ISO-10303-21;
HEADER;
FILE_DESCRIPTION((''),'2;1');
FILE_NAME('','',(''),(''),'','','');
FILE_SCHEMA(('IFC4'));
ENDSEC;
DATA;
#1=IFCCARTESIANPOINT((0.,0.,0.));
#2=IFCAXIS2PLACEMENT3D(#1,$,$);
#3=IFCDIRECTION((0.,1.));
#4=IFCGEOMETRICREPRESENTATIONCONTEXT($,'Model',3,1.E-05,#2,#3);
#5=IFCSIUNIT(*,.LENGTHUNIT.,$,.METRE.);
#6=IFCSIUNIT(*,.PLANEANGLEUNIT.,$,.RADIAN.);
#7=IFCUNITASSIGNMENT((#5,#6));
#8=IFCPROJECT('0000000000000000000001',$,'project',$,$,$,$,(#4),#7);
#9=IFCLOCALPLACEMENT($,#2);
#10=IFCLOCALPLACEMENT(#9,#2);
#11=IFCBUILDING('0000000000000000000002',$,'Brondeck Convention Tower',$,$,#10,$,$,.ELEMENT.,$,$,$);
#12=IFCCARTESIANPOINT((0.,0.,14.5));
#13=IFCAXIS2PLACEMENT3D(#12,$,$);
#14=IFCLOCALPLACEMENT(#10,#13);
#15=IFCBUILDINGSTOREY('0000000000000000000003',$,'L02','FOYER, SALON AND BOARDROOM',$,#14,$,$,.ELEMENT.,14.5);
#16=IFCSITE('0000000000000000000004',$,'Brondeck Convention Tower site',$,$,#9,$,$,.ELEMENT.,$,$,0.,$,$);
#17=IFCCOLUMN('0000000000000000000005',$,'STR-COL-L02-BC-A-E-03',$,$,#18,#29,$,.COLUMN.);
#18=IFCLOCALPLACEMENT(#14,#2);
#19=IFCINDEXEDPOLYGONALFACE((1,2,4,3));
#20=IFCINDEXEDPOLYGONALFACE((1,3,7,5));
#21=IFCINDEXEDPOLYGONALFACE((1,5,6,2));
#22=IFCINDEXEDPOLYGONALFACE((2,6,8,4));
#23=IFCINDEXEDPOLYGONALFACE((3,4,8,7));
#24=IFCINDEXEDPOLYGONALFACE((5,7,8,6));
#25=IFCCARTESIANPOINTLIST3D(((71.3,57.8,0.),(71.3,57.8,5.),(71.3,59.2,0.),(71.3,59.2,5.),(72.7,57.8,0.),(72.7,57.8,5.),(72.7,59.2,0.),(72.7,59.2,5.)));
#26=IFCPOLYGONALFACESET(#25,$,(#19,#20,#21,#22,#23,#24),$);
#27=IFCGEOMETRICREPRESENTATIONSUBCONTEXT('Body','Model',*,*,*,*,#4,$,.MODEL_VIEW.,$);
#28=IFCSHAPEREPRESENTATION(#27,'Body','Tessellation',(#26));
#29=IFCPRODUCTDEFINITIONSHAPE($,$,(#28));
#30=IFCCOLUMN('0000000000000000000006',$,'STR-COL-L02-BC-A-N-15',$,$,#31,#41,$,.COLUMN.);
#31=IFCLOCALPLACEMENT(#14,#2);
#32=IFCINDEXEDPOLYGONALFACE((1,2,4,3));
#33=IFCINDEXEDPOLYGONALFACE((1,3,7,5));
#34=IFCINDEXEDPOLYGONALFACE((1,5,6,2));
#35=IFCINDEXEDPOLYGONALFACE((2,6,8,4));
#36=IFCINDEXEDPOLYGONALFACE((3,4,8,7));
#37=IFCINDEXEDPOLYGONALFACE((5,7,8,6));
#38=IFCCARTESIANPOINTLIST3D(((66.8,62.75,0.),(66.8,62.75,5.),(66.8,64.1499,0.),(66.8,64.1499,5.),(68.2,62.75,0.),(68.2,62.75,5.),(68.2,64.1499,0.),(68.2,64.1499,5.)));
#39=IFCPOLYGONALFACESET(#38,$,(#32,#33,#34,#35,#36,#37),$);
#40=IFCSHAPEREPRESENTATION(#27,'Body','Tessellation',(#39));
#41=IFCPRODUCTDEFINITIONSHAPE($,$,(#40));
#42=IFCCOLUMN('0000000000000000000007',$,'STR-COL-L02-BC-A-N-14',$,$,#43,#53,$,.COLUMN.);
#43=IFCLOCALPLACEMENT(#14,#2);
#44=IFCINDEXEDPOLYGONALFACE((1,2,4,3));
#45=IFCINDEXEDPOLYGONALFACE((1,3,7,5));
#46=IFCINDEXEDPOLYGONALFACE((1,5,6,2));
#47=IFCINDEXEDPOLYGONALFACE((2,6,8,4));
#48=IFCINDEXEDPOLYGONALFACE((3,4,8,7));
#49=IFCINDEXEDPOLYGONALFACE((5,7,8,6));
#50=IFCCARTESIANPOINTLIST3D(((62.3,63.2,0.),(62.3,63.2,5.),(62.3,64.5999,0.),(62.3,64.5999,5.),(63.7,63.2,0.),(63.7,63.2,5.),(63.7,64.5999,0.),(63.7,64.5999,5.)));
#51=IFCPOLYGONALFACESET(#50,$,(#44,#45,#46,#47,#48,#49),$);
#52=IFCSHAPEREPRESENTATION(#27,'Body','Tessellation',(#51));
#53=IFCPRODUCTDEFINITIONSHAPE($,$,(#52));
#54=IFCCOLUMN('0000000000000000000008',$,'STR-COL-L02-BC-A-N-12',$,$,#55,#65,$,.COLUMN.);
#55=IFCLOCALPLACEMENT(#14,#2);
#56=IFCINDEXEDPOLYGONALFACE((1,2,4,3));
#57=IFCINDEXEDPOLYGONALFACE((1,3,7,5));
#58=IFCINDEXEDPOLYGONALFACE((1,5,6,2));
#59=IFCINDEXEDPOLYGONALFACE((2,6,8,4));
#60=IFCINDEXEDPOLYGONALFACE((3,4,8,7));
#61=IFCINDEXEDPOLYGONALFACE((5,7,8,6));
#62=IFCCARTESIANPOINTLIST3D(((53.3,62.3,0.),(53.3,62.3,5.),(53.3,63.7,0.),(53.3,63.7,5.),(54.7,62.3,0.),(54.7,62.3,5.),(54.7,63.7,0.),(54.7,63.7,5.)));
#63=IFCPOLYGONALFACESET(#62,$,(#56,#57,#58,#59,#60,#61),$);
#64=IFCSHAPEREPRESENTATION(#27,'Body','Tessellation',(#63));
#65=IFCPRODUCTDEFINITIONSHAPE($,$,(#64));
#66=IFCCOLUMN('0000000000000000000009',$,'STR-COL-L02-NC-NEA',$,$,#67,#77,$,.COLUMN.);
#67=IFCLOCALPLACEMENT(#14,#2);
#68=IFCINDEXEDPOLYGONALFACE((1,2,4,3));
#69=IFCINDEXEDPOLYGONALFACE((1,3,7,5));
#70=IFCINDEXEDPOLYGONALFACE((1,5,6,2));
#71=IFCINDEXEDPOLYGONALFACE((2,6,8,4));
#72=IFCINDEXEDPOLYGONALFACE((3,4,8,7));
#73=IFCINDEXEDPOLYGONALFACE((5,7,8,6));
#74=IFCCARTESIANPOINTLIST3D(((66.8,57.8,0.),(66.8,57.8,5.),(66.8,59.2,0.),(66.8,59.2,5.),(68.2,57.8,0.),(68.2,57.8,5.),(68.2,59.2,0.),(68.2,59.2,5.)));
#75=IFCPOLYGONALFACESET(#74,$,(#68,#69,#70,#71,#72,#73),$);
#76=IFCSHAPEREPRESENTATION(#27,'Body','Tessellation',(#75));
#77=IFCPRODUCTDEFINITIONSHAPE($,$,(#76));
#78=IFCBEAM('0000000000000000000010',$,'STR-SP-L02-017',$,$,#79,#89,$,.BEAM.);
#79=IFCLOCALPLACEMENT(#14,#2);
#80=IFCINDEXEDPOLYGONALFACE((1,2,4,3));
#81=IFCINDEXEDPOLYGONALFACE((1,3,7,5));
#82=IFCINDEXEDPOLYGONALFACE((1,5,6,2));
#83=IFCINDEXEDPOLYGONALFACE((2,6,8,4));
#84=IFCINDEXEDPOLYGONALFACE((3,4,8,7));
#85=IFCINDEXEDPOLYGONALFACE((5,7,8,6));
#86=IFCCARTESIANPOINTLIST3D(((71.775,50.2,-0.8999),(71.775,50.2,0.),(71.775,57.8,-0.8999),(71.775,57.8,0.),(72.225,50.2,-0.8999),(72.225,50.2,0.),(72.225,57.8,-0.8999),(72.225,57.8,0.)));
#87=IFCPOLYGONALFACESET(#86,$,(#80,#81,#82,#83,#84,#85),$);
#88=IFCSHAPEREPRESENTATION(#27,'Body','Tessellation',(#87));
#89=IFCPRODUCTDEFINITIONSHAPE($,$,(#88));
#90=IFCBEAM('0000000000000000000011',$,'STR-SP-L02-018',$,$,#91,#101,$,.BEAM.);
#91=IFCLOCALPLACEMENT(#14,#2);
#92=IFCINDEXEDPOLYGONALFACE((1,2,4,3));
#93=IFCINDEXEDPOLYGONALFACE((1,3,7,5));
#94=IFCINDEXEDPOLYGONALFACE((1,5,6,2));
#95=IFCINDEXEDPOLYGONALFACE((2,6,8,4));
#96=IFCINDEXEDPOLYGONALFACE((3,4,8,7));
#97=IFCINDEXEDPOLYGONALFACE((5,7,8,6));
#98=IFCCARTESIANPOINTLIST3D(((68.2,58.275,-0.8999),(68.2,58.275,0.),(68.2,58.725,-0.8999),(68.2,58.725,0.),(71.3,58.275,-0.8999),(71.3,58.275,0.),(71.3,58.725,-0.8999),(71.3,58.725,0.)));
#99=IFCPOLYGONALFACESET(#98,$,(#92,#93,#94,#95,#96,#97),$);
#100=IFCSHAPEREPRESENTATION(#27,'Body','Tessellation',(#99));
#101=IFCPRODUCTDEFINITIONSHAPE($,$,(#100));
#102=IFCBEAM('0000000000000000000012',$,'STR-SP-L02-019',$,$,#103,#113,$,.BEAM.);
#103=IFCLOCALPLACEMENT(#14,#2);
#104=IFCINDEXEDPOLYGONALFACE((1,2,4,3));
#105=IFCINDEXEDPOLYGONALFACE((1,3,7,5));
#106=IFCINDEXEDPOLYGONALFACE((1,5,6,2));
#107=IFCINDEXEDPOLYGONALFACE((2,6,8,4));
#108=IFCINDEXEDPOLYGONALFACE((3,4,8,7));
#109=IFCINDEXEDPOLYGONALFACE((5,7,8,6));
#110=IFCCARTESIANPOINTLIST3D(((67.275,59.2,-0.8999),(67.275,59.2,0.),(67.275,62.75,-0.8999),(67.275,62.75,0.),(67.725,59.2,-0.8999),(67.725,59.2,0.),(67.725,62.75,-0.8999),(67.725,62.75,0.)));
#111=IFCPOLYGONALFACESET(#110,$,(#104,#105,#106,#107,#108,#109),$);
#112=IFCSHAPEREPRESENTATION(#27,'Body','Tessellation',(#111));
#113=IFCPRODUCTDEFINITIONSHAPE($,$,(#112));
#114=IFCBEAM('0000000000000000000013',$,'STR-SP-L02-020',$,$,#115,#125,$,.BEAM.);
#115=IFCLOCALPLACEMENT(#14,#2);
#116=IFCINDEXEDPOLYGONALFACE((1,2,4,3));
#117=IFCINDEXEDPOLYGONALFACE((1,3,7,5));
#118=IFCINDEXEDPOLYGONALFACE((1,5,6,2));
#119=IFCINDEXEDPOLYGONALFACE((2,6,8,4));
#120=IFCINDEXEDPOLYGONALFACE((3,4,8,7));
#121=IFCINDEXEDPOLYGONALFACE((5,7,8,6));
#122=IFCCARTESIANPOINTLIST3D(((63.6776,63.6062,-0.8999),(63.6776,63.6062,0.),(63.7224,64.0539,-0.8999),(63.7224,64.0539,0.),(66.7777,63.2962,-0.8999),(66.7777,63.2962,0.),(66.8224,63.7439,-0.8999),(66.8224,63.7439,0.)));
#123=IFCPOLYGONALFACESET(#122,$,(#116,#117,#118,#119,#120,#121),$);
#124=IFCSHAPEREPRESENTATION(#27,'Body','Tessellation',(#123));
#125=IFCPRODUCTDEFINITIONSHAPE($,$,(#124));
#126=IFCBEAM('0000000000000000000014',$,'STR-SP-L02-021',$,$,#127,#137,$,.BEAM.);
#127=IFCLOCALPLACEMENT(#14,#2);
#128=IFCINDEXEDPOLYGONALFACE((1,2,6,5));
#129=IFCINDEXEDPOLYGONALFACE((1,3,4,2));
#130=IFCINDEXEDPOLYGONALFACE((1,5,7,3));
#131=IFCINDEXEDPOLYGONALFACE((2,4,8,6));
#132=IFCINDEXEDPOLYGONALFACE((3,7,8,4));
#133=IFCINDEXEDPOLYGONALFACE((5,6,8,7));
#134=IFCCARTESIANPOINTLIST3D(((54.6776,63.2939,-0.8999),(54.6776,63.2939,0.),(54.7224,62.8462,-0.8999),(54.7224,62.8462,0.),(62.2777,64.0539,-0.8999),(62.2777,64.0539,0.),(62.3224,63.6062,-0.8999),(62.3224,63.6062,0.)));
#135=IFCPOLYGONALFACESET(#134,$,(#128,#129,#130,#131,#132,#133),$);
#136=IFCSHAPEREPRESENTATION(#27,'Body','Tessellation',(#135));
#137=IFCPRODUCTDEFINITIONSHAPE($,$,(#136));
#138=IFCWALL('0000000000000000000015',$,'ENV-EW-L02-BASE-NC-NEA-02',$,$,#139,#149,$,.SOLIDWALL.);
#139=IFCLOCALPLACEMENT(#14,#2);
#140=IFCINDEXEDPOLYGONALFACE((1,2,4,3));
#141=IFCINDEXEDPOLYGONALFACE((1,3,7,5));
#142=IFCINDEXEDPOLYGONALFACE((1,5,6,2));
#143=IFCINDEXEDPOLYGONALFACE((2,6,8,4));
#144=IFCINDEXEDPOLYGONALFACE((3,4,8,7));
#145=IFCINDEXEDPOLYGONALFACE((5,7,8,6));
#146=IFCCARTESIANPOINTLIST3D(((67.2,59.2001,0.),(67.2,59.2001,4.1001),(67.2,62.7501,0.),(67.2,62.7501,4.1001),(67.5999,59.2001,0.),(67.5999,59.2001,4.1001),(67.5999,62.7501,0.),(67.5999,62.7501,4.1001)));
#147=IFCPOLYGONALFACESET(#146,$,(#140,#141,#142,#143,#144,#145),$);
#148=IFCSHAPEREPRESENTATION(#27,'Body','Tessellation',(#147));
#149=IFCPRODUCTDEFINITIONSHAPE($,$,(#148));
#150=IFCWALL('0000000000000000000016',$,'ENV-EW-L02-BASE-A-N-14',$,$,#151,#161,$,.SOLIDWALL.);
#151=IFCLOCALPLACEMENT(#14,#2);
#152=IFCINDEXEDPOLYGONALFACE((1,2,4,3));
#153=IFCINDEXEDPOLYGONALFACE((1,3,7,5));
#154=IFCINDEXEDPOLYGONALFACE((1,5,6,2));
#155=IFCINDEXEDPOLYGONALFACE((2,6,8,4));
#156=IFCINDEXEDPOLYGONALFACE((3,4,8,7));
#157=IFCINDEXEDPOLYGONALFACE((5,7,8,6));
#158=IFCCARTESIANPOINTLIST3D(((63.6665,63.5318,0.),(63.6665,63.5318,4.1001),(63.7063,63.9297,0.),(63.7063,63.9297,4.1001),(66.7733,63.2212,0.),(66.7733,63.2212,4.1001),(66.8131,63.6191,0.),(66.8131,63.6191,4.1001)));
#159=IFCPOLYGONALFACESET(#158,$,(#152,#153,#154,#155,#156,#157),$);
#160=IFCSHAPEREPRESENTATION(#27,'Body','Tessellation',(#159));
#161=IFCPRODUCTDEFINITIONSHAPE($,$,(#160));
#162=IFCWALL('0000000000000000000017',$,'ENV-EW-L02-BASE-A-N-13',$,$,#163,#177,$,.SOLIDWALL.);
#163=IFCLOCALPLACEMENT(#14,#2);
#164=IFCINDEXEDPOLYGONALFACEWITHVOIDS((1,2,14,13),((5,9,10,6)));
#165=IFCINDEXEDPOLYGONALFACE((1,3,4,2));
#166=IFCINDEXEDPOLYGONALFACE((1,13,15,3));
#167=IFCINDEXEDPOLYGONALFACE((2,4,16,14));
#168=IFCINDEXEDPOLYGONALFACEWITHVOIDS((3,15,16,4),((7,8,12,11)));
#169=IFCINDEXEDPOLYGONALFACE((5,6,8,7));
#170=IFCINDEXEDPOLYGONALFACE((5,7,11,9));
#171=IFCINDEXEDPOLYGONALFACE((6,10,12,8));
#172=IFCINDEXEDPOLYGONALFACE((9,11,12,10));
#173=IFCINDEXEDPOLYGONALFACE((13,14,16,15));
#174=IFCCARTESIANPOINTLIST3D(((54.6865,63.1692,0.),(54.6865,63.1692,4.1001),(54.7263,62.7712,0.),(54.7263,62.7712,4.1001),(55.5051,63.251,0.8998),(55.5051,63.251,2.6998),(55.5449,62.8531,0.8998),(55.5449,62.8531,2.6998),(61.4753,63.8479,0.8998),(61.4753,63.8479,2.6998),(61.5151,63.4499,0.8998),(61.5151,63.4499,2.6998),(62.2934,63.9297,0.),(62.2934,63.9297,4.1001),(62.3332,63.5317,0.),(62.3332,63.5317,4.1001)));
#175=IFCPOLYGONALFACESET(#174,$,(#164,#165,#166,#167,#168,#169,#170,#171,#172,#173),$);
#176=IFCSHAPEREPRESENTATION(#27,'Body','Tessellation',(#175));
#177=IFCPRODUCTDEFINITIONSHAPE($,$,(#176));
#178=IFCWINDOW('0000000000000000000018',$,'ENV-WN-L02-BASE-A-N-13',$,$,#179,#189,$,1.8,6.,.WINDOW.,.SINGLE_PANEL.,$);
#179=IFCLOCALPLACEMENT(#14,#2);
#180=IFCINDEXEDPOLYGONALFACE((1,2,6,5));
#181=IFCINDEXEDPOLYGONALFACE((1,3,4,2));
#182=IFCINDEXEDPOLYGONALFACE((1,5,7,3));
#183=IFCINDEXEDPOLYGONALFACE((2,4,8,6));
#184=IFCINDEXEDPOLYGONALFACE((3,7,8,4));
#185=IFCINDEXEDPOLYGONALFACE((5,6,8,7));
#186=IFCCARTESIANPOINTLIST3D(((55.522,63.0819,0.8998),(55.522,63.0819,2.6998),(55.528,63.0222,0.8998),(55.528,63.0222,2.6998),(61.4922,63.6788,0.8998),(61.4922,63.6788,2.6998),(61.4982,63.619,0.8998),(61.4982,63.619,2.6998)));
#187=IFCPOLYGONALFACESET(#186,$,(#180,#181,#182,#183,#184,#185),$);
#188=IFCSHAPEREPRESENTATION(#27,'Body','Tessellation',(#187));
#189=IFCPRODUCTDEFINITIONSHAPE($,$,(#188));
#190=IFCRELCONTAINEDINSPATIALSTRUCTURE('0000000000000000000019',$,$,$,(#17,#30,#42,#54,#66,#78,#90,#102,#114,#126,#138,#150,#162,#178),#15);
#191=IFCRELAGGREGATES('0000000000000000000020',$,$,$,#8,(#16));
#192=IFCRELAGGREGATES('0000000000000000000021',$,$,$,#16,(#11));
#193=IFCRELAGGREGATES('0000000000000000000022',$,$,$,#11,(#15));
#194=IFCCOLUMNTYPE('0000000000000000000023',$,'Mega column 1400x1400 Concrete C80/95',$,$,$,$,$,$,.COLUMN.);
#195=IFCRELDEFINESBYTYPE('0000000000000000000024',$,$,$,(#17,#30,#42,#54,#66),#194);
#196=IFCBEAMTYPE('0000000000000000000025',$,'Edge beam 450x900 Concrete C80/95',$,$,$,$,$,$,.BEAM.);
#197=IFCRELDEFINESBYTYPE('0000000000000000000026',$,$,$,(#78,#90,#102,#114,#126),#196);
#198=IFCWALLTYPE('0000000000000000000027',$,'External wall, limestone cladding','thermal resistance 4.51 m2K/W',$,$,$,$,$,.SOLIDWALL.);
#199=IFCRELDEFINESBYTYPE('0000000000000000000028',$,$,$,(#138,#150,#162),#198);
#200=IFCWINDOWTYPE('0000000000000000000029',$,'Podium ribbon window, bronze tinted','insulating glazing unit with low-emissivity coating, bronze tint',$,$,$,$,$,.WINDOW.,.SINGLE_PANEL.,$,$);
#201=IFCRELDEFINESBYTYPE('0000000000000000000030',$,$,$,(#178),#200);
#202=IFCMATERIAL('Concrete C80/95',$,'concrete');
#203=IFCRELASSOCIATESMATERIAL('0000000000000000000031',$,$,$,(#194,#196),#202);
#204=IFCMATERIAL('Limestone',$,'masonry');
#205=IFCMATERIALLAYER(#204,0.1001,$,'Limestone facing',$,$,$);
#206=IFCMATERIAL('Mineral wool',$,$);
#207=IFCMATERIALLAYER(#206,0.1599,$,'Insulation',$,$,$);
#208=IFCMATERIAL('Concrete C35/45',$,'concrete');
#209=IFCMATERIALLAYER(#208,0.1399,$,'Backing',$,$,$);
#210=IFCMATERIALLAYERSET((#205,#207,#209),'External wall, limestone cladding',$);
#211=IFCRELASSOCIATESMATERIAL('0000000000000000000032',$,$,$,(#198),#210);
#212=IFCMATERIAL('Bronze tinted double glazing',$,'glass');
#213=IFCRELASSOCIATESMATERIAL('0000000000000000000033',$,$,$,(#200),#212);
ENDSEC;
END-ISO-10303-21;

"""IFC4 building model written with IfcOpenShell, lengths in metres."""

from ifc_helpers import new_model, si_unit, direction, frame, frame_2d, origin, origin_2d, place, context, subcontext, project, spatial, rectangle, extrude, material, layer, layer_set, material_profile, profile_set, type_object, element, fill, save


model = new_model("IFC4")

# Units and contexts
model_context = context("Model", 3, precision=1e-05, world=origin(), true_north=direction((0.0, 1.0)))
body_context = subcontext(model_context, "Body", "Model", "MODEL_VIEW")
ifc_project = project(units=[si_unit("LENGTHUNIT", "METRE"), si_unit("PLANEANGLEUNIT", "RADIAN")], contexts=[model_context])

# Site, building, storey
site_placement = place(None, origin())
site = spatial("IfcSite", under=ifc_project, at=site_placement, Name="Brondeck Convention Tower site", CompositionType="ELEMENT", RefElevation=0.0)
building_placement = place(site_placement, origin())
building = spatial("IfcBuilding", under=site, at=building_placement, Name="Brondeck Convention Tower", CompositionType="ELEMENT")
storey_placement = place(building_placement, frame((0.0, 0.0, 14.5)))
storey = spatial("IfcBuildingStorey", under=building, at=storey_placement, Name="L02", Description="FOYER, SALON AND BOARDROOM", CompositionType="ELEMENT", Elevation=14.5)

# Columns
ifc_material_1 = material(Name="Concrete C80/95", Category="concrete")
ifc_material_profile_1 = material_profile(ifc_material_1, rectangle(XDim=1.3999, YDim=1.3999, at=origin_2d()), Name="Mega column 1400x1400 Concrete C80/95")
ifc_profile_set_1 = profile_set([ifc_material_profile_1], Name="Concrete C80/95")
column_type = type_object("IfcColumnType", Name="Mega column 1400x1400 Concrete C80/95", PredefinedType="COLUMN", material=ifc_profile_set_1)
for number, where, z_axis, x_axis, name in (
    (1, (72.0, 58.5, 0.0), (0.0, 0.0, 1.0), (1.0, 0.0, 0.0), "STR-COL-L02-BC-A-E-03"),
    (2, (67.5, 63.45, 0.0), (0.0, 0.0, 1.0), (1.0, 0.0, 0.0), "STR-COL-L02-BC-A-N-15"),
    (3, (63.0, 63.8999, 0.0), (0.0, 0.0, 1.0), (1.0, 0.0, 0.0), "STR-COL-L02-BC-A-N-14"),
    (4, (54.0, 63.0, 0.0), (0.0, 0.0, 1.0), (1.0, 0.0, 0.0), "STR-COL-L02-BC-A-N-12"),
    (5, (67.5, 58.5, 0.0), (0.0, 0.0, 1.0), (1.0, 0.0, 0.0), "STR-COL-L02-NC-NEA"),
):
    element("IfcColumn", number, at=place(storey_placement, frame(where, z_axis=z_axis, x_axis=x_axis)), inside=storey, type_object=column_type, Name=name, PredefinedType="COLUMN", context=body_context, shape_type="SweptSolid", body=[
        extrude(rectangle(XDim=1.3999, YDim=1.3999, at=origin_2d()), origin(), (0.0, 0.0, 1.0), 5.0),
    ])

# Beams
ifc_material_profile_2 = material_profile(ifc_material_1, rectangle(XDim=0.45, YDim=0.8999, at=origin_2d()), Name="Edge beam 450x900 Concrete C80/95")
ifc_profile_set_2 = profile_set([ifc_material_profile_2], Name="Concrete C80/95")
beam_type = type_object("IfcBeamType", Name="Edge beam 450x900 Concrete C80/95", PredefinedType="BEAM", material=ifc_profile_set_2)
beam_1_placement = place(storey_placement, frame((72.0, 50.2, -0.45), z_axis=(0.0, 1.0, 0.0), x_axis=(-1.0, 0.0, 0.0)))
element("IfcBeam", 6, at=beam_1_placement, inside=storey, type_object=beam_type, Name="STR-SP-L02-017", PredefinedType="BEAM", context=body_context, shape_type="SweptSolid", body=[
    extrude(rectangle(XDim=0.45, YDim=0.8999, at=origin_2d()), origin(), (0.0, 0.0, 1.0), 7.6001),
])
beam_2_placement = place(storey_placement, frame((71.3, 58.5, -0.45), z_axis=(-1.0, 0.0, 0.0), x_axis=(0.0, -1.0, 0.0)))
element("IfcBeam", 7, at=beam_2_placement, inside=storey, type_object=beam_type, Name="STR-SP-L02-018", PredefinedType="BEAM", context=body_context, shape_type="SweptSolid", body=[
    extrude(rectangle(XDim=0.45, YDim=0.8999, at=origin_2d()), origin(), (0.0, 0.0, 1.0), 3.1001),
])
beam_3_placement = place(storey_placement, frame((67.5, 59.2, -0.45), z_axis=(0.0, 1.0, 0.0), x_axis=(-1.0, 0.0, 0.0)))
element("IfcBeam", 8, at=beam_3_placement, inside=storey, type_object=beam_type, Name="STR-SP-L02-019", PredefinedType="BEAM", context=body_context, shape_type="SweptSolid", body=[
    extrude(rectangle(XDim=0.45, YDim=0.8999, at=origin_2d()), origin(), (0.0, 0.0, 1.0), 3.55),
])
beam_4_placement = place(storey_placement, frame((66.8, 63.52, -0.45), z_axis=(-0.995036, 0.099519, 0.0), x_axis=(-0.099519, -0.995036, 0.0)))
element("IfcBeam", 9, at=beam_4_placement, inside=storey, type_object=beam_type, Name="STR-SP-L02-020", PredefinedType="BEAM", context=body_context, shape_type="SweptSolid", body=[
    extrude(rectangle(XDim=0.45, YDim=0.8999, at=origin_2d()), origin(), (0.0, 0.0, 1.0), 3.1155),
])
beam_5_placement = place(storey_placement, frame((62.3, 63.8301, -0.45), z_axis=(-0.995037, -0.099504, 0.0), x_axis=(0.099504, -0.995037, 0.0)))
element("IfcBeam", 10, at=beam_5_placement, inside=storey, type_object=beam_type, Name="STR-SP-L02-021", PredefinedType="BEAM", context=body_context, shape_type="SweptSolid", body=[
    extrude(rectangle(XDim=0.45, YDim=0.8999, at=origin_2d()), origin(), (0.0, 0.0, 1.0), 7.6379),
])

# Walls
ifc_material_2 = material(Name="Limestone", Category="masonry")
ifc_layer_1 = layer(ifc_material_2, 0.1001, Name="Limestone facing")
ifc_material_3 = material(Name="Mineral wool")
ifc_layer_2 = layer(ifc_material_3, 0.1599, Name="Insulation")
ifc_material_4 = material(Name="Concrete C35/45", Category="concrete")
ifc_layer_3 = layer(ifc_material_4, 0.1399, Name="Backing")
ifc_layer_set_1 = layer_set([ifc_layer_1, ifc_layer_2, ifc_layer_3], Name="External wall, limestone cladding")
wall_type_1 = type_object("IfcWallType", Name="External wall, limestone cladding", Description="thermal resistance 4.51 m2K/W", PredefinedType="SOLIDWALL", material=ifc_layer_set_1)
wall_1_placement = place(storey_placement, frame((67.3999, 62.75, 0.0), z_axis=(0.0, 0.0, 1.0), x_axis=(0.0, -1.0, 0.0)))
element("IfcWall", 11, at=wall_1_placement, inside=storey, type_object=wall_type_1, Name="ENV-EW-L02-BASE-NC-NEA-02", PredefinedType="SOLIDWALL", context=body_context, shape_type="SweptSolid", body=[
    extrude(rectangle(XDim=3.55, YDim=0.3999, at=frame_2d((1.7749, 0.0))), origin(), (0.0, 0.0, 1.0), 4.1001),
])
wall_2_placement = place(storey_placement, frame((63.6865, 63.7307, 0.0), z_axis=(0.0, 0.0, 1.0), x_axis=(0.995042, -0.099457, 0.0)))
element("IfcWall", 12, at=wall_2_placement, inside=storey, type_object=wall_type_1, Name="ENV-EW-L02-BASE-A-N-14", PredefinedType="SOLIDWALL", context=body_context, shape_type="SweptSolid", body=[
    extrude(rectangle(XDim=3.1223, YDim=0.3999, at=frame_2d((1.561, 0.0))), origin(), (0.0, 0.0, 1.0), 4.1001),
])

# Wall, opening, window
wall_3_placement = place(storey_placement, frame((54.7065, 62.9702, 0.0), z_axis=(0.0, 0.0, 1.0), x_axis=(0.99504, 0.099478, 0.0)))
wall_3 = element("IfcWall", 13, at=wall_3_placement, inside=storey, type_object=wall_type_1, Name="ENV-EW-L02-BASE-A-N-13", PredefinedType="SOLIDWALL", context=body_context, shape_type="SweptSolid", body=[
    extrude(rectangle(XDim=7.6448, YDim=0.3999, at=frame_2d((3.8223, 0.0))), origin(), (0.0, 0.0, 1.0), 4.1001),
])
opening_1_placement = place(wall_3_placement, frame((0.8225, 0.0, 0.8999)))
opening_1 = element("IfcOpeningElement", 14, at=opening_1_placement, cuts=wall_3, PredefinedType="OPENING", context=body_context, shape_type="SweptSolid", body=[
    extrude(rectangle(XDim=6.0, YDim=1.8, at=frame_2d((3.0, 0.8999))), frame((0.0, 0.21, 0.0), z_axis=(0.0, -1.0, 0.0), x_axis=(1.0, 0.0, 0.0)), (0.0, 0.0, 1.0), 0.4199),
])
ifc_material_5 = material(Name="Bronze tinted double glazing", Category="glass")
window_type = type_object("IfcWindowType", Name="Podium ribbon window, bronze tinted", Description="insulating glazing unit with low-emissivity coating, bronze tint", PartitioningType="SINGLE_PANEL", PredefinedType="WINDOW", material=ifc_material_5)
window_placement = place(opening_1_placement, origin())
window = element("IfcWindow", 15, at=window_placement, inside=storey, type_object=window_type, Name="ENV-WN-L02-BASE-A-N-13", OverallHeight=1.8, OverallWidth=6.0, PartitioningType="SINGLE_PANEL", PredefinedType="WINDOW", context=body_context, shape_type="SweptSolid", body=[
    extrude(rectangle(XDim=6.0, YDim=1.8, at=frame_2d((3.0, 0.8999))), frame((0.0, 0.03, 0.0), z_axis=(0.0, -1.0, 0.0), x_axis=(1.0, 0.0, 0.0)), (0.0, 0.0, 1.0), 0.0601),
])
fill(opening_1, window)

save(model, "model.ifc")
